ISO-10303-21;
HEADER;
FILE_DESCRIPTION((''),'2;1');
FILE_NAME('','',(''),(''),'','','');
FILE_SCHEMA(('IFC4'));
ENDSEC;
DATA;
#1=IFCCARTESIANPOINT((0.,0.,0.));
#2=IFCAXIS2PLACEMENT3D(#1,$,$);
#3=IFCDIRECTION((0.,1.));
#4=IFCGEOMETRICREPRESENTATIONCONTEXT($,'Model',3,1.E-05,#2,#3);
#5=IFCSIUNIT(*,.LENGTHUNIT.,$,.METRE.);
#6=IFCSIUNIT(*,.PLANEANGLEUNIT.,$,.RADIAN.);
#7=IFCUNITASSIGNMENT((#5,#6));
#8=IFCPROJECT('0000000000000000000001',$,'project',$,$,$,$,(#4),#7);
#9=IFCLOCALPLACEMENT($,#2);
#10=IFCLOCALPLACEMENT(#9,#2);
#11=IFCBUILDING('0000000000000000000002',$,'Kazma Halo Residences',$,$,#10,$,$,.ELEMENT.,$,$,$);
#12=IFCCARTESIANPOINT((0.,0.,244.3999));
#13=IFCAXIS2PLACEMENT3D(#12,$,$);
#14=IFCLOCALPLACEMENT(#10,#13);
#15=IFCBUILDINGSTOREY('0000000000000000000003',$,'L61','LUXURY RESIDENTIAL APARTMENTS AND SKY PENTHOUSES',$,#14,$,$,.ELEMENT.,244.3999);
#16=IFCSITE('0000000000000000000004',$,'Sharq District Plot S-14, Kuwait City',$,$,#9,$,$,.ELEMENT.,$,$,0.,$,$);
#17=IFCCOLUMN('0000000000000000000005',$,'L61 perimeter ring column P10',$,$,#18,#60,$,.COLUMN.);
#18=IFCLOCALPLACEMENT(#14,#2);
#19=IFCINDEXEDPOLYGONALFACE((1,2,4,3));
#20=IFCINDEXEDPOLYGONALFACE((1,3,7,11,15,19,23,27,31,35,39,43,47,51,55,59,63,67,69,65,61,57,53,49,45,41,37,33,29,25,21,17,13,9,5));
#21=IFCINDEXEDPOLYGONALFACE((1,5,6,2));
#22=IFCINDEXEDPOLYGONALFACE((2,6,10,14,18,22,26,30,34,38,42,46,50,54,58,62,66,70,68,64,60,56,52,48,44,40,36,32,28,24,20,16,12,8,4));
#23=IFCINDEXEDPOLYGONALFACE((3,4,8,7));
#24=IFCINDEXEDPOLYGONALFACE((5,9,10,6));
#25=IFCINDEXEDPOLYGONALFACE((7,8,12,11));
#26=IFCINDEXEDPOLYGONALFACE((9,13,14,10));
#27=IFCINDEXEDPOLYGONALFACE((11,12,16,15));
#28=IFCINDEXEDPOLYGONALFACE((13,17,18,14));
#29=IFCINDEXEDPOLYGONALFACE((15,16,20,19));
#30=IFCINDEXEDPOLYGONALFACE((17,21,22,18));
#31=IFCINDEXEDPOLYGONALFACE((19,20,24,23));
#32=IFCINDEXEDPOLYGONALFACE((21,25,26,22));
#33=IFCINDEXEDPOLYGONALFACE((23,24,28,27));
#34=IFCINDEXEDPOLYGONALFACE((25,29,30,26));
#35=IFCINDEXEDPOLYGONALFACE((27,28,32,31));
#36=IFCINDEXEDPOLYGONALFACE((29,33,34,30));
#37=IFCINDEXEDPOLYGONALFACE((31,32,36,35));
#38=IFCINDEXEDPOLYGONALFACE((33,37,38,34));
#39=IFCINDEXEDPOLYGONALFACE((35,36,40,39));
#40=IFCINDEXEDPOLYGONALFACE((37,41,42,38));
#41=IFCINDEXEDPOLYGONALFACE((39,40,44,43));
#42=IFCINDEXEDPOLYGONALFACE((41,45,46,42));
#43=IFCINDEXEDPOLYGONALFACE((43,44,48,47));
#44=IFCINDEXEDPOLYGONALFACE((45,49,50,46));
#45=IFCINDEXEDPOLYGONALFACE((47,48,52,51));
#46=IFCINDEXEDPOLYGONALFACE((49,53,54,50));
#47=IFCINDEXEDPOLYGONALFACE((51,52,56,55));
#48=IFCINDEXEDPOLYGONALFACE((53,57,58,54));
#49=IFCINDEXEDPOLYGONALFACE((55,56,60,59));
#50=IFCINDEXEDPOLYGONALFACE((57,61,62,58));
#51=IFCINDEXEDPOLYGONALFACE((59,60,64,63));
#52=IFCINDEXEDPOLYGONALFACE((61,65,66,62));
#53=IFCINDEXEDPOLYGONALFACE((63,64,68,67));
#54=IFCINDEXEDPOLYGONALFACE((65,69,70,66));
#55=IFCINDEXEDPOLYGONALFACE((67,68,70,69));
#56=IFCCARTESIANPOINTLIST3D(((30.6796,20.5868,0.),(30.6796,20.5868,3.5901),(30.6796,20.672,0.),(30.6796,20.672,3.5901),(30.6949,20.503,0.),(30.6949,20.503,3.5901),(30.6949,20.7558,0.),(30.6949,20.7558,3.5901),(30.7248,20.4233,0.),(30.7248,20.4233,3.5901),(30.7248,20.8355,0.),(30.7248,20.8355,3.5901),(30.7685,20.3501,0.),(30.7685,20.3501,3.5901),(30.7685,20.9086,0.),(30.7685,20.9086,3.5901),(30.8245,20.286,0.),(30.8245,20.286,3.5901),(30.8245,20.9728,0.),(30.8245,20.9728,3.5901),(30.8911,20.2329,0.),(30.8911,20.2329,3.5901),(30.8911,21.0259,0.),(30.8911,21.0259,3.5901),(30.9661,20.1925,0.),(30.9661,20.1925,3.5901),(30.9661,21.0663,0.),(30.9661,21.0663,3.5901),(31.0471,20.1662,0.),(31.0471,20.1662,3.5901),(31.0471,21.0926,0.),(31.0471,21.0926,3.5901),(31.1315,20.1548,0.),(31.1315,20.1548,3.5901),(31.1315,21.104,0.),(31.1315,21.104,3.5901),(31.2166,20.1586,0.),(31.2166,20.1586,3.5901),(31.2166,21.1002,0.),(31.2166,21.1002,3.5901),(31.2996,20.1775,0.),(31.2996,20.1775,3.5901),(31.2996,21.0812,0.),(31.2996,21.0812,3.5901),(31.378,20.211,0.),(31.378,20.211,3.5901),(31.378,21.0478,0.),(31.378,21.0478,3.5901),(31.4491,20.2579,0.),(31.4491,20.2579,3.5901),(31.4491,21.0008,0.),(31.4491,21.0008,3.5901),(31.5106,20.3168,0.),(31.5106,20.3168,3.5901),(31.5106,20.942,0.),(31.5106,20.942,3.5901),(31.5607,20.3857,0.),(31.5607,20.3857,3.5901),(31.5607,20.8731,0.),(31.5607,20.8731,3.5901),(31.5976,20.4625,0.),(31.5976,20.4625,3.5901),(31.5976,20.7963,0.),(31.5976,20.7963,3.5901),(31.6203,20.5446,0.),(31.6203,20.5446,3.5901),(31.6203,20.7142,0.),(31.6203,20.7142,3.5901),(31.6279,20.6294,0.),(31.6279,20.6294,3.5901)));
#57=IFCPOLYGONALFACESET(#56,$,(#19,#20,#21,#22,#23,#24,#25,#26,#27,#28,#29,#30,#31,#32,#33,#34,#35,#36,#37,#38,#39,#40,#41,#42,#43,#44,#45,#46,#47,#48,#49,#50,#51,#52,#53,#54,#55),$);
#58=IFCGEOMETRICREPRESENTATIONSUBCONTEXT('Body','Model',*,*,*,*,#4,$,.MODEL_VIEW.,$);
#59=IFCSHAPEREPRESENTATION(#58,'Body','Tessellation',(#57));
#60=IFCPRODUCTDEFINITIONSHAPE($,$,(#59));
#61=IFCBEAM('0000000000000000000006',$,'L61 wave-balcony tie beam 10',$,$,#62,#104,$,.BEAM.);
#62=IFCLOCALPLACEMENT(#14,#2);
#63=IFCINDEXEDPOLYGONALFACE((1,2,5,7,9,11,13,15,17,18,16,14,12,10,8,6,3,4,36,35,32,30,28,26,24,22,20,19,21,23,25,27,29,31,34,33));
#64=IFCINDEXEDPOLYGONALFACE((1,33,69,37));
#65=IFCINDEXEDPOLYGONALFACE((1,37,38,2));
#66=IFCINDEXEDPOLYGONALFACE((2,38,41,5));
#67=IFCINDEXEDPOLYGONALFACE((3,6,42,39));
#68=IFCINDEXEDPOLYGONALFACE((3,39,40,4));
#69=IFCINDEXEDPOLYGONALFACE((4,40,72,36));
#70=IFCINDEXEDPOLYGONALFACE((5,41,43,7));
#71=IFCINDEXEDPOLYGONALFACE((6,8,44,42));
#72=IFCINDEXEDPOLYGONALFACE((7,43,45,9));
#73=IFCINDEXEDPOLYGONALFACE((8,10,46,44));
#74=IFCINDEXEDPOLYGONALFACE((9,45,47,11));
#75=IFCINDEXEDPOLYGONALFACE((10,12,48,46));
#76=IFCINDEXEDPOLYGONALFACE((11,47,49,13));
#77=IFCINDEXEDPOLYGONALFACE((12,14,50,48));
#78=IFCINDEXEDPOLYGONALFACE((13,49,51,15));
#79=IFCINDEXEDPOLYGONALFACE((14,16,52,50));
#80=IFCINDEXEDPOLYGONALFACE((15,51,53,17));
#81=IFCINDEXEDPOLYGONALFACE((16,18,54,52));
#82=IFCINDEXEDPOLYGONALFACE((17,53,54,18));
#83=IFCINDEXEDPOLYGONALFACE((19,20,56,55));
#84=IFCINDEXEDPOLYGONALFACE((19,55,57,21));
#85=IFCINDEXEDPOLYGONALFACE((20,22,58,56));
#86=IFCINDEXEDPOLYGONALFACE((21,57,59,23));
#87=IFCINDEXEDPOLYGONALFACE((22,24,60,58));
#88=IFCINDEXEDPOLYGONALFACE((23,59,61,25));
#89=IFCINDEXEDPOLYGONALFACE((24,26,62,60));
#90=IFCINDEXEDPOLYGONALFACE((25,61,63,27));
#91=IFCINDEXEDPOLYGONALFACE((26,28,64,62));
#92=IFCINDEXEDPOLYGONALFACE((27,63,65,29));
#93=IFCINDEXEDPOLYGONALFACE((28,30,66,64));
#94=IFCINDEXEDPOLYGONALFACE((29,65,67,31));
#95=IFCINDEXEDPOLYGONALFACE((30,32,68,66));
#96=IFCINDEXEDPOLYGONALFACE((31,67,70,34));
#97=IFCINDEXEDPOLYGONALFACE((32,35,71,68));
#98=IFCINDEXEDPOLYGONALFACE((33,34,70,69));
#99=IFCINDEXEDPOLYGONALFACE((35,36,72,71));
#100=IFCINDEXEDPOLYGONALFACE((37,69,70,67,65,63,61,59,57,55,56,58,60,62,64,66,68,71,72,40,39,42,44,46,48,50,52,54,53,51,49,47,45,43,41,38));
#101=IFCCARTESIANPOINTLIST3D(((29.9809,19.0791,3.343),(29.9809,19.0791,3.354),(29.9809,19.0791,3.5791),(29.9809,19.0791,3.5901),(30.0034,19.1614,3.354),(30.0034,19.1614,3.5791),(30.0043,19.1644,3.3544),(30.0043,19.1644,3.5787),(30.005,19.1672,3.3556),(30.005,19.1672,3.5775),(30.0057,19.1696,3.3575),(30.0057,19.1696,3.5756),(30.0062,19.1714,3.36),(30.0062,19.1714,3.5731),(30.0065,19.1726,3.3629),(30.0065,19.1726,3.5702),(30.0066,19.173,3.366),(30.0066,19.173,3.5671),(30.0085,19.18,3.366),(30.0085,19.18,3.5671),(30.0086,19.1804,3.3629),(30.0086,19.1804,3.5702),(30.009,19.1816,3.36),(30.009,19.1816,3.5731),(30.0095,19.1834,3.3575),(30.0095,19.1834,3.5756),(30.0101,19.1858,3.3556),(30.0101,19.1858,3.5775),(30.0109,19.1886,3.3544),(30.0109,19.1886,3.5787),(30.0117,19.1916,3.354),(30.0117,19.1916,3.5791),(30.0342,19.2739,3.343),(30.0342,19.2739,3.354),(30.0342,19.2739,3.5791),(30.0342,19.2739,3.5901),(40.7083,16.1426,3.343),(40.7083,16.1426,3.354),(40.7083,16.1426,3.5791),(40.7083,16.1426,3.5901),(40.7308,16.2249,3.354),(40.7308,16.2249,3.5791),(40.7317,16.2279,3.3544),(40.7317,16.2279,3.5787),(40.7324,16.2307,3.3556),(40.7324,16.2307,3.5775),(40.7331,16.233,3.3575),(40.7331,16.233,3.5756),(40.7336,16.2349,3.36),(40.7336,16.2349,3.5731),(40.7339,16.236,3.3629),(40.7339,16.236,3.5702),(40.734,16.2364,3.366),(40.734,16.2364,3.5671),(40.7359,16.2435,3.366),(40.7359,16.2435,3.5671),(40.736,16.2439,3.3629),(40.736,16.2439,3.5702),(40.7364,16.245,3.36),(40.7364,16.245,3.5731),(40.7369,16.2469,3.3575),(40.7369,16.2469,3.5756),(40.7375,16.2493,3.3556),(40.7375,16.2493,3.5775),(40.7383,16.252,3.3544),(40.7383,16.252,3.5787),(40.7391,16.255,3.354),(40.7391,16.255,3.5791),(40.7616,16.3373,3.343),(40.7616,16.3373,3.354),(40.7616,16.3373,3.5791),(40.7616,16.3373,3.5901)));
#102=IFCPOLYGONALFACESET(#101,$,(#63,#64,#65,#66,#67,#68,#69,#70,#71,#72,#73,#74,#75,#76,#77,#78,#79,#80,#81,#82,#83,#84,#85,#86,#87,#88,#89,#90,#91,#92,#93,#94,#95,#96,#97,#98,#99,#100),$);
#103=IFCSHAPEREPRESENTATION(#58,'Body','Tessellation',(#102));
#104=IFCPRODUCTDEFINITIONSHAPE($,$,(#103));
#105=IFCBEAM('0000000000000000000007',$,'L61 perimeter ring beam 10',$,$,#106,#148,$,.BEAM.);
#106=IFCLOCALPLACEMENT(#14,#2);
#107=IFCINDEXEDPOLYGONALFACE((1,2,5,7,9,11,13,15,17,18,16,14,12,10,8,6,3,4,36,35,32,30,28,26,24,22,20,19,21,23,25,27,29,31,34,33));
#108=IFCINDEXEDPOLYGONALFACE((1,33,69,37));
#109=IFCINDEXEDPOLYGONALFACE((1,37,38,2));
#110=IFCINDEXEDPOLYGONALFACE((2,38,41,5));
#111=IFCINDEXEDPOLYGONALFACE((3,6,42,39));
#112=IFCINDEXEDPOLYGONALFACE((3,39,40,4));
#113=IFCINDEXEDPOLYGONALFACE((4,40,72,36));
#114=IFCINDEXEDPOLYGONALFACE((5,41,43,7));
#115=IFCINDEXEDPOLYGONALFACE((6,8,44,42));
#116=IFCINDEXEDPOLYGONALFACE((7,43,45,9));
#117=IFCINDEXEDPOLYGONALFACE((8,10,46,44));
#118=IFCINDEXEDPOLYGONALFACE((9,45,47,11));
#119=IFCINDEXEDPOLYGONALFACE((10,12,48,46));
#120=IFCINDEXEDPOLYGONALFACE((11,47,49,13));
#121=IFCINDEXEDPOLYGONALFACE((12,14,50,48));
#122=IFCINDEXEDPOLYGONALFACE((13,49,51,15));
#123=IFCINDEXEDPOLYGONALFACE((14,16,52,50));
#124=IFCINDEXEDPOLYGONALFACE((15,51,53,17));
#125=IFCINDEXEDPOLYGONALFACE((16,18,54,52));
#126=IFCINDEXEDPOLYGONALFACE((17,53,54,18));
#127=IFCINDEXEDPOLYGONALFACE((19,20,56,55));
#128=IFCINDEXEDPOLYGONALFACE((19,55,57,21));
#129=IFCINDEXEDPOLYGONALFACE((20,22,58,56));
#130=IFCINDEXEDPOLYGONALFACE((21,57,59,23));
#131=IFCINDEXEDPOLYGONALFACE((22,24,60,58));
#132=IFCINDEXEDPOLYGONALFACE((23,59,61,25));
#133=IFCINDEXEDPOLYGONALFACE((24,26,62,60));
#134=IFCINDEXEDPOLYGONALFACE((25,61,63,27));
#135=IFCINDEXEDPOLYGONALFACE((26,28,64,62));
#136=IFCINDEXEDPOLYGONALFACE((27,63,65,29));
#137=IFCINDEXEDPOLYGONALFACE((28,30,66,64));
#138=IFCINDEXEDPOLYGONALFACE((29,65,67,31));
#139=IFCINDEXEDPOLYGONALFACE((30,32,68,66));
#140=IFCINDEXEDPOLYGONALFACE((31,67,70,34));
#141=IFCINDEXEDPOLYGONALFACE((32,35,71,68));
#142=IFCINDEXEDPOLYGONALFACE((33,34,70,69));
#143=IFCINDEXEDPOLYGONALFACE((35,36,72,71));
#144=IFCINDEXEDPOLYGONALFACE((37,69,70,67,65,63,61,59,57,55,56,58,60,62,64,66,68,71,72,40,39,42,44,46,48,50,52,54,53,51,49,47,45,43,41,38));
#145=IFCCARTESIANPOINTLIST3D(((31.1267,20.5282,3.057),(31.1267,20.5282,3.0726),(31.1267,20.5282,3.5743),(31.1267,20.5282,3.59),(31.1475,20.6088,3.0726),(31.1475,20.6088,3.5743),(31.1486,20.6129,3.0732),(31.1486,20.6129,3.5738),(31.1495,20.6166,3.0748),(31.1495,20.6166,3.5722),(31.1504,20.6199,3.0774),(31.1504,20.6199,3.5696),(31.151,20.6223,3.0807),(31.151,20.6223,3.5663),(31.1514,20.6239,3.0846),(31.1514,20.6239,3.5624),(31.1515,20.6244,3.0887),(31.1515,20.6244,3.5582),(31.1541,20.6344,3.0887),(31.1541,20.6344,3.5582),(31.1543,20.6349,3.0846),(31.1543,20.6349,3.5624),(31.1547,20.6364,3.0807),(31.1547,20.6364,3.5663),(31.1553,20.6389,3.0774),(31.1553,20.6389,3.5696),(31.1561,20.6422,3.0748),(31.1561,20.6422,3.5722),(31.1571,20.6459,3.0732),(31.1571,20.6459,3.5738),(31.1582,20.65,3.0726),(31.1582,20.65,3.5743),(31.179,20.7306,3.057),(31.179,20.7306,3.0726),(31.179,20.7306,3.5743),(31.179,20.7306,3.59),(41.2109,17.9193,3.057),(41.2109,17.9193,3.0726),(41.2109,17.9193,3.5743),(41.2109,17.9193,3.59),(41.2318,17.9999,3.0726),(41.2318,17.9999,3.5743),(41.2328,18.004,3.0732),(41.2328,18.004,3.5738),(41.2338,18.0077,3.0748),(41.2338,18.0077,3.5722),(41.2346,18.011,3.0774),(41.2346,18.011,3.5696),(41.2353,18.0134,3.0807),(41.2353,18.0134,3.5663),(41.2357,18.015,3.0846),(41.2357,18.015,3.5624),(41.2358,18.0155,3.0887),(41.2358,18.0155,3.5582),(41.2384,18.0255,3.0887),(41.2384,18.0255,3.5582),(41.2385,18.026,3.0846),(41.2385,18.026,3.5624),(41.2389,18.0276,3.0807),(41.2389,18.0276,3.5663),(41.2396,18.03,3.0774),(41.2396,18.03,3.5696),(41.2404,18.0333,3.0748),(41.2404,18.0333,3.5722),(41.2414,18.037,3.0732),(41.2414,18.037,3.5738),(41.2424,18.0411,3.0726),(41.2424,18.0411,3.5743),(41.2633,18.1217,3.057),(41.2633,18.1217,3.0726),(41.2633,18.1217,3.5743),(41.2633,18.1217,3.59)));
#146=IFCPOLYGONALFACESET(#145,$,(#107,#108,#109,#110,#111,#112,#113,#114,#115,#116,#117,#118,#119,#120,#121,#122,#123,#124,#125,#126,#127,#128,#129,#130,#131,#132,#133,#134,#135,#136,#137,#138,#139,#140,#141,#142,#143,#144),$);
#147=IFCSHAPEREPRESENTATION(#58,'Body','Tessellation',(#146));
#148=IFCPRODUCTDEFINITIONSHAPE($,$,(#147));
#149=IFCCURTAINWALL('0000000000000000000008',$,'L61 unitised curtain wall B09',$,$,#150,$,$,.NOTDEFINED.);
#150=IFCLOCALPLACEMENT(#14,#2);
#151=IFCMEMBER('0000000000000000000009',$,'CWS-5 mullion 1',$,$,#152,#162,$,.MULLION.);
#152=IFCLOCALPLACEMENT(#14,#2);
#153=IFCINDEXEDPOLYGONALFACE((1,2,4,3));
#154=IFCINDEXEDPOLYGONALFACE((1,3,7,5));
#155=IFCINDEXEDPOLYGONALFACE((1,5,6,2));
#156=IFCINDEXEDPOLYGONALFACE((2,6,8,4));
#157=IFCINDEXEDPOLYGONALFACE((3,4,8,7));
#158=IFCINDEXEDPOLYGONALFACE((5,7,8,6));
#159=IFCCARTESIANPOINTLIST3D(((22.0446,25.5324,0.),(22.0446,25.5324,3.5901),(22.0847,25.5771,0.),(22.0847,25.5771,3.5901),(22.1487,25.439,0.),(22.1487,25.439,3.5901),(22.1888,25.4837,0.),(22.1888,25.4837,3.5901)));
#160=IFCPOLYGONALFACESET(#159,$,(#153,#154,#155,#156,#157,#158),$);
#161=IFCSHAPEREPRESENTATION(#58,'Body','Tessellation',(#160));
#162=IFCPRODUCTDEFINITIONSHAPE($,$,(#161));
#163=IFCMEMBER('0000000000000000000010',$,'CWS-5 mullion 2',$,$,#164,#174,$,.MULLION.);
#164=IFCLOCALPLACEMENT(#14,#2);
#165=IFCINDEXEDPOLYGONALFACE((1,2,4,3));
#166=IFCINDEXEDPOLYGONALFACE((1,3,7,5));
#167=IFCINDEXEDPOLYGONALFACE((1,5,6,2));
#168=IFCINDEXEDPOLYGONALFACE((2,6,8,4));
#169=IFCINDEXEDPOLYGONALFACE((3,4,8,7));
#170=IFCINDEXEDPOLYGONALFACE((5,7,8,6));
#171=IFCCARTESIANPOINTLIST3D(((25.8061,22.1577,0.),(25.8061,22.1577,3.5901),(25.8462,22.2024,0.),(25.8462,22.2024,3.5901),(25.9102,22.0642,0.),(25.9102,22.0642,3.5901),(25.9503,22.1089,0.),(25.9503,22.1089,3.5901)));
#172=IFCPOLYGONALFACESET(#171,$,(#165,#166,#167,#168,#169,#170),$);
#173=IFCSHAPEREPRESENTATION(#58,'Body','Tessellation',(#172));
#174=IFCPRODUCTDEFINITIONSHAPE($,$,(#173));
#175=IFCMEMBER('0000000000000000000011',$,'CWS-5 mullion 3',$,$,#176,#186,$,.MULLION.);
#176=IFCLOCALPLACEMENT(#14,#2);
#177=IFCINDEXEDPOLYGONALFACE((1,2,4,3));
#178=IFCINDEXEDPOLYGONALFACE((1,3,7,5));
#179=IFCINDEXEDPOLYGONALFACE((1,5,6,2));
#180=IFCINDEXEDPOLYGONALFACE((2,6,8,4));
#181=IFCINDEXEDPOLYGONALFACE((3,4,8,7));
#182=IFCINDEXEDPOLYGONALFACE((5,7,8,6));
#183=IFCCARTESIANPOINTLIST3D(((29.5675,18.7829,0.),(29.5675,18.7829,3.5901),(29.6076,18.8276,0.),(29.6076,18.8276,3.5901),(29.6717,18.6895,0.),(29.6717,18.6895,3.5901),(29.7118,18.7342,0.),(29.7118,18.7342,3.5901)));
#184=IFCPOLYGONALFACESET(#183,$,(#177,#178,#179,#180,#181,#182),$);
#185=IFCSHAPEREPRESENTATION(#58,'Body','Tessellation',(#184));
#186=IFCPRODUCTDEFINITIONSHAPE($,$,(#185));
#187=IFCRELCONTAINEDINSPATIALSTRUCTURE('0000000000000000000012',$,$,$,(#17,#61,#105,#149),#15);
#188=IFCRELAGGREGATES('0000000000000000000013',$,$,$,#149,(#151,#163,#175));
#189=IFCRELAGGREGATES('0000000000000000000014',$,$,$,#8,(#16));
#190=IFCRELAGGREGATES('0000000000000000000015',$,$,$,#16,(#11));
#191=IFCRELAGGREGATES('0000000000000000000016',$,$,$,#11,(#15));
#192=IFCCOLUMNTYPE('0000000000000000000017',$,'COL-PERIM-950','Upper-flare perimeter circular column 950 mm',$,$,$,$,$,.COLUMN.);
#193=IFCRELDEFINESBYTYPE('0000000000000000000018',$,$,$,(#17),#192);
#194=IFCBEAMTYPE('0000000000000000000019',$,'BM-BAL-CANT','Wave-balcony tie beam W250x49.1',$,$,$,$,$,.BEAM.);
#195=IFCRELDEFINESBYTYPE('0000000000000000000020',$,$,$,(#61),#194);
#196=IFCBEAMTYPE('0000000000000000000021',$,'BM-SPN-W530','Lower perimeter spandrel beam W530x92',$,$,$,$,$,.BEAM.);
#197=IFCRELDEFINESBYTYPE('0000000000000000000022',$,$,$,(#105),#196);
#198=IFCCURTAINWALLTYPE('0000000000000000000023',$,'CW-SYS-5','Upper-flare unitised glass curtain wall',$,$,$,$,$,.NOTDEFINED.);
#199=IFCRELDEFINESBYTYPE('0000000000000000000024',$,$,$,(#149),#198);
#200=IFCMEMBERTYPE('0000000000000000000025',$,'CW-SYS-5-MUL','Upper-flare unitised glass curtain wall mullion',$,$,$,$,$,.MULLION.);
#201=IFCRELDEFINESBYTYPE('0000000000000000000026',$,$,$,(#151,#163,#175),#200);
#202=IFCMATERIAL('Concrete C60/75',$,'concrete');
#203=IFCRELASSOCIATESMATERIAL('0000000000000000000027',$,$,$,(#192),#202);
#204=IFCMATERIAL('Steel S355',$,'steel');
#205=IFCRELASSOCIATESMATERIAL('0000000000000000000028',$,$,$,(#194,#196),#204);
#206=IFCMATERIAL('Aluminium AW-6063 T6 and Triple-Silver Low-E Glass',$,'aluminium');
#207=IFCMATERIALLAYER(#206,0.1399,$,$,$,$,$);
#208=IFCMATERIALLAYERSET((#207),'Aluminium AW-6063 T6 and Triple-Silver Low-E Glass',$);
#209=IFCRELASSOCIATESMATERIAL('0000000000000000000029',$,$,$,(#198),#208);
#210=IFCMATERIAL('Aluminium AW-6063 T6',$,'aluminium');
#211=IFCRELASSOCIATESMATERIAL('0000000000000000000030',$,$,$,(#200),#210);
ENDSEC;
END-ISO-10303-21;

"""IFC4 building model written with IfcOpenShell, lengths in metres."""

from ifc_helpers import new_model, si_unit, direction, frame, origin, origin_2d, place, context, subcontext, project, spatial, rectangle, circle, i_section, extrude, material, layer, layer_set, material_profile, profile_set, type_object, element, aggregate, save


model = new_model("IFC4")

# Units and contexts
model_context = context("Model", 3, precision=1e-05, world=origin(), true_north=direction((0.0, 1.0)))
body_context = subcontext(model_context, "Body", "Model", "MODEL_VIEW")
ifc_project = project(units=[si_unit("LENGTHUNIT", "METRE"), si_unit("PLANEANGLEUNIT", "RADIAN")], contexts=[model_context])

# Site, building, storey
site_placement = place(None, origin())
site = spatial("IfcSite", under=ifc_project, at=site_placement, Name="Sharq District Plot S-14, Kuwait City", CompositionType="ELEMENT", RefElevation=0.0)
building_placement = place(site_placement, origin())
building = spatial("IfcBuilding", under=site, at=building_placement, Name="Kazma Halo Residences", CompositionType="ELEMENT")
storey_placement = place(building_placement, frame((0.0, 0.0, 244.3999)))
storey = spatial("IfcBuildingStorey", under=building, at=storey_placement, Name="L61", Description="LUXURY RESIDENTIAL APARTMENTS AND SKY PENTHOUSES", CompositionType="ELEMENT", Elevation=244.3999)

# Column
ifc_material_1 = material(Name="Concrete C60/75", Category="concrete")
ifc_material_profile_1 = material_profile(ifc_material_1, circle(Radius=0.4751, at=origin_2d()), Name="CIRC950")
ifc_profile_set_1 = profile_set([ifc_material_profile_1], Name="Concrete C60/75")
column_type = type_object("IfcColumnType", Name="COL-PERIM-950", Description="Upper-flare perimeter circular column 950 mm", PredefinedType="COLUMN", material=ifc_profile_set_1)
column_placement = place(storey_placement, frame((31.1528, 20.6294, 0.0), z_axis=(0.0, 0.0, 1.0), x_axis=(1.0, 0.0, 0.0)))
element("IfcColumn", 1, at=column_placement, inside=storey, type_object=column_type, Name="L61 perimeter ring column P10", PredefinedType="COLUMN", context=body_context, shape_type="SweptSolid", body=[
    extrude(circle(Radius=0.4751, at=origin_2d()), origin(), (0.0, 0.0, 1.0), 3.5901),
])

# Beams
ifc_material_2 = material(Name="Steel S355", Category="steel")
ifc_material_profile_2 = material_profile(ifc_material_2, i_section(OverallWidth=0.2019, OverallDepth=0.2471, WebThickness=0.0073, FlangeThickness=0.011, FilletRadius=0.012, at=origin_2d()), Name="W250x49.1")
ifc_profile_set_2 = profile_set([ifc_material_profile_2], Name="Steel S355")
beam_type_1 = type_object("IfcBeamType", Name="BM-BAL-CANT", Description="Wave-balcony tie beam W250x49.1", PredefinedType="BEAM", material=ifc_profile_set_2)
beam_1_placement = place(storey_placement, frame((30.0076, 19.1765, 3.4666), z_axis=(0.964515, -0.264029, 0.0), x_axis=(0.264029, 0.964515, 0.0)))
element("IfcBeam", 2, at=beam_1_placement, inside=storey, type_object=beam_type_1, Name="L61 wave-balcony tie beam 10", PredefinedType="BEAM", context=body_context, shape_type="SweptSolid", body=[
    extrude(i_section(OverallWidth=0.2019, OverallDepth=0.2471, WebThickness=0.0073, FlangeThickness=0.011, FilletRadius=0.012, at=origin_2d()), origin(), (0.0, 0.0, 1.0), 11.1221),
])
ifc_material_profile_3 = material_profile(ifc_material_2, i_section(OverallWidth=0.209, OverallDepth=0.533, WebThickness=0.0103, FlangeThickness=0.0156, FilletRadius=0.0161, at=origin_2d()), Name="W530x92")
ifc_profile_set_3 = profile_set([ifc_material_profile_3], Name="Steel S355")
beam_type_2 = type_object("IfcBeamType", Name="BM-SPN-W530", Description="Lower perimeter spandrel beam W530x92", PredefinedType="BEAM", material=ifc_profile_set_3)
beam_2_placement = place(storey_placement, frame((31.1528, 20.6294, 3.3235), z_axis=(0.968126, -0.250464, 0.0), x_axis=(0.250464, 0.968126, 0.0)))
element("IfcBeam", 3, at=beam_2_placement, inside=storey, type_object=beam_type_2, Name="L61 perimeter ring beam 10", PredefinedType="BEAM", context=body_context, shape_type="SweptSolid", body=[
    extrude(i_section(OverallWidth=0.209, OverallDepth=0.533, WebThickness=0.0103, FlangeThickness=0.0156, FilletRadius=0.0161, at=origin_2d()), origin(), (0.0, 0.0, 1.0), 10.4163),
])

# Curtain wall, members
ifc_material_3 = material(Name="Aluminium AW-6063 T6 and Triple-Silver Low-E Glass", Category="aluminium")
ifc_layer_1 = layer(ifc_material_3, 0.1399)
ifc_layer_set_1 = layer_set([ifc_layer_1], Name="Aluminium AW-6063 T6 and Triple-Silver Low-E Glass")
curtain_wall_type = type_object("IfcCurtainWallType", Name="CW-SYS-5", Description="Upper-flare unitised glass curtain wall", PredefinedType="NOTDEFINED", material=ifc_layer_set_1)
curtain_wall_placement = place(storey_placement, origin())
curtain_wall = element("IfcCurtainWall", 4, at=curtain_wall_placement, inside=storey, type_object=curtain_wall_type, Name="L61 unitised curtain wall B09", PredefinedType="NOTDEFINED")
ifc_material_4 = material(Name="Aluminium AW-6063 T6", Category="aluminium")
ifc_material_profile_4 = material_profile(ifc_material_4, rectangle(XDim=0.0601, YDim=0.1399, at=origin_2d()), Name="CWM-60x140")
ifc_profile_set_4 = profile_set([ifc_material_profile_4], Name="Aluminium AW-6063 T6")
member_type_1 = type_object("IfcMemberType", Name="CW-SYS-5-MUL", Description="Upper-flare unitised glass curtain wall mullion", PredefinedType="MULLION", material=ifc_profile_set_4)
member_1_placement = place(storey_placement, frame((22.1167, 25.5081, 0.0), z_axis=(0.0, 0.0, 1.0), x_axis=(0.667805, 0.744336, 0.0)))
member_1 = element("IfcMember", 5, at=member_1_placement, type_object=member_type_1, Name="CWS-5 mullion 1", PredefinedType="MULLION", context=body_context, shape_type="SweptSolid", body=[
    extrude(rectangle(XDim=0.0601, YDim=0.1399, at=origin_2d()), origin(), (0.0, 0.0, 1.0), 3.5901),
])
member_2_placement = place(storey_placement, frame((25.8782, 22.1333, 0.0), z_axis=(0.0, 0.0, 1.0), x_axis=(0.667805, 0.744336, 0.0)))
member_2 = element("IfcMember", 6, at=member_2_placement, type_object=member_type_1, Name="CWS-5 mullion 2", PredefinedType="MULLION", context=body_context, shape_type="SweptSolid", body=[
    extrude(rectangle(XDim=0.0601, YDim=0.1399, at=origin_2d()), origin(), (0.0, 0.0, 1.0), 3.5901),
])
member_3_placement = place(storey_placement, frame((29.6396, 18.7585, 0.0), z_axis=(0.0, 0.0, 1.0), x_axis=(0.667805, 0.744336, 0.0)))
member_3 = element("IfcMember", 7, at=member_3_placement, type_object=member_type_1, Name="CWS-5 mullion 3", PredefinedType="MULLION", context=body_context, shape_type="SweptSolid", body=[
    extrude(rectangle(XDim=0.0601, YDim=0.1399, at=origin_2d()), origin(), (0.0, 0.0, 1.0), 3.5901),
])
aggregate(curtain_wall, [member_1, member_2, member_3])

save(model, "model.ifc")
